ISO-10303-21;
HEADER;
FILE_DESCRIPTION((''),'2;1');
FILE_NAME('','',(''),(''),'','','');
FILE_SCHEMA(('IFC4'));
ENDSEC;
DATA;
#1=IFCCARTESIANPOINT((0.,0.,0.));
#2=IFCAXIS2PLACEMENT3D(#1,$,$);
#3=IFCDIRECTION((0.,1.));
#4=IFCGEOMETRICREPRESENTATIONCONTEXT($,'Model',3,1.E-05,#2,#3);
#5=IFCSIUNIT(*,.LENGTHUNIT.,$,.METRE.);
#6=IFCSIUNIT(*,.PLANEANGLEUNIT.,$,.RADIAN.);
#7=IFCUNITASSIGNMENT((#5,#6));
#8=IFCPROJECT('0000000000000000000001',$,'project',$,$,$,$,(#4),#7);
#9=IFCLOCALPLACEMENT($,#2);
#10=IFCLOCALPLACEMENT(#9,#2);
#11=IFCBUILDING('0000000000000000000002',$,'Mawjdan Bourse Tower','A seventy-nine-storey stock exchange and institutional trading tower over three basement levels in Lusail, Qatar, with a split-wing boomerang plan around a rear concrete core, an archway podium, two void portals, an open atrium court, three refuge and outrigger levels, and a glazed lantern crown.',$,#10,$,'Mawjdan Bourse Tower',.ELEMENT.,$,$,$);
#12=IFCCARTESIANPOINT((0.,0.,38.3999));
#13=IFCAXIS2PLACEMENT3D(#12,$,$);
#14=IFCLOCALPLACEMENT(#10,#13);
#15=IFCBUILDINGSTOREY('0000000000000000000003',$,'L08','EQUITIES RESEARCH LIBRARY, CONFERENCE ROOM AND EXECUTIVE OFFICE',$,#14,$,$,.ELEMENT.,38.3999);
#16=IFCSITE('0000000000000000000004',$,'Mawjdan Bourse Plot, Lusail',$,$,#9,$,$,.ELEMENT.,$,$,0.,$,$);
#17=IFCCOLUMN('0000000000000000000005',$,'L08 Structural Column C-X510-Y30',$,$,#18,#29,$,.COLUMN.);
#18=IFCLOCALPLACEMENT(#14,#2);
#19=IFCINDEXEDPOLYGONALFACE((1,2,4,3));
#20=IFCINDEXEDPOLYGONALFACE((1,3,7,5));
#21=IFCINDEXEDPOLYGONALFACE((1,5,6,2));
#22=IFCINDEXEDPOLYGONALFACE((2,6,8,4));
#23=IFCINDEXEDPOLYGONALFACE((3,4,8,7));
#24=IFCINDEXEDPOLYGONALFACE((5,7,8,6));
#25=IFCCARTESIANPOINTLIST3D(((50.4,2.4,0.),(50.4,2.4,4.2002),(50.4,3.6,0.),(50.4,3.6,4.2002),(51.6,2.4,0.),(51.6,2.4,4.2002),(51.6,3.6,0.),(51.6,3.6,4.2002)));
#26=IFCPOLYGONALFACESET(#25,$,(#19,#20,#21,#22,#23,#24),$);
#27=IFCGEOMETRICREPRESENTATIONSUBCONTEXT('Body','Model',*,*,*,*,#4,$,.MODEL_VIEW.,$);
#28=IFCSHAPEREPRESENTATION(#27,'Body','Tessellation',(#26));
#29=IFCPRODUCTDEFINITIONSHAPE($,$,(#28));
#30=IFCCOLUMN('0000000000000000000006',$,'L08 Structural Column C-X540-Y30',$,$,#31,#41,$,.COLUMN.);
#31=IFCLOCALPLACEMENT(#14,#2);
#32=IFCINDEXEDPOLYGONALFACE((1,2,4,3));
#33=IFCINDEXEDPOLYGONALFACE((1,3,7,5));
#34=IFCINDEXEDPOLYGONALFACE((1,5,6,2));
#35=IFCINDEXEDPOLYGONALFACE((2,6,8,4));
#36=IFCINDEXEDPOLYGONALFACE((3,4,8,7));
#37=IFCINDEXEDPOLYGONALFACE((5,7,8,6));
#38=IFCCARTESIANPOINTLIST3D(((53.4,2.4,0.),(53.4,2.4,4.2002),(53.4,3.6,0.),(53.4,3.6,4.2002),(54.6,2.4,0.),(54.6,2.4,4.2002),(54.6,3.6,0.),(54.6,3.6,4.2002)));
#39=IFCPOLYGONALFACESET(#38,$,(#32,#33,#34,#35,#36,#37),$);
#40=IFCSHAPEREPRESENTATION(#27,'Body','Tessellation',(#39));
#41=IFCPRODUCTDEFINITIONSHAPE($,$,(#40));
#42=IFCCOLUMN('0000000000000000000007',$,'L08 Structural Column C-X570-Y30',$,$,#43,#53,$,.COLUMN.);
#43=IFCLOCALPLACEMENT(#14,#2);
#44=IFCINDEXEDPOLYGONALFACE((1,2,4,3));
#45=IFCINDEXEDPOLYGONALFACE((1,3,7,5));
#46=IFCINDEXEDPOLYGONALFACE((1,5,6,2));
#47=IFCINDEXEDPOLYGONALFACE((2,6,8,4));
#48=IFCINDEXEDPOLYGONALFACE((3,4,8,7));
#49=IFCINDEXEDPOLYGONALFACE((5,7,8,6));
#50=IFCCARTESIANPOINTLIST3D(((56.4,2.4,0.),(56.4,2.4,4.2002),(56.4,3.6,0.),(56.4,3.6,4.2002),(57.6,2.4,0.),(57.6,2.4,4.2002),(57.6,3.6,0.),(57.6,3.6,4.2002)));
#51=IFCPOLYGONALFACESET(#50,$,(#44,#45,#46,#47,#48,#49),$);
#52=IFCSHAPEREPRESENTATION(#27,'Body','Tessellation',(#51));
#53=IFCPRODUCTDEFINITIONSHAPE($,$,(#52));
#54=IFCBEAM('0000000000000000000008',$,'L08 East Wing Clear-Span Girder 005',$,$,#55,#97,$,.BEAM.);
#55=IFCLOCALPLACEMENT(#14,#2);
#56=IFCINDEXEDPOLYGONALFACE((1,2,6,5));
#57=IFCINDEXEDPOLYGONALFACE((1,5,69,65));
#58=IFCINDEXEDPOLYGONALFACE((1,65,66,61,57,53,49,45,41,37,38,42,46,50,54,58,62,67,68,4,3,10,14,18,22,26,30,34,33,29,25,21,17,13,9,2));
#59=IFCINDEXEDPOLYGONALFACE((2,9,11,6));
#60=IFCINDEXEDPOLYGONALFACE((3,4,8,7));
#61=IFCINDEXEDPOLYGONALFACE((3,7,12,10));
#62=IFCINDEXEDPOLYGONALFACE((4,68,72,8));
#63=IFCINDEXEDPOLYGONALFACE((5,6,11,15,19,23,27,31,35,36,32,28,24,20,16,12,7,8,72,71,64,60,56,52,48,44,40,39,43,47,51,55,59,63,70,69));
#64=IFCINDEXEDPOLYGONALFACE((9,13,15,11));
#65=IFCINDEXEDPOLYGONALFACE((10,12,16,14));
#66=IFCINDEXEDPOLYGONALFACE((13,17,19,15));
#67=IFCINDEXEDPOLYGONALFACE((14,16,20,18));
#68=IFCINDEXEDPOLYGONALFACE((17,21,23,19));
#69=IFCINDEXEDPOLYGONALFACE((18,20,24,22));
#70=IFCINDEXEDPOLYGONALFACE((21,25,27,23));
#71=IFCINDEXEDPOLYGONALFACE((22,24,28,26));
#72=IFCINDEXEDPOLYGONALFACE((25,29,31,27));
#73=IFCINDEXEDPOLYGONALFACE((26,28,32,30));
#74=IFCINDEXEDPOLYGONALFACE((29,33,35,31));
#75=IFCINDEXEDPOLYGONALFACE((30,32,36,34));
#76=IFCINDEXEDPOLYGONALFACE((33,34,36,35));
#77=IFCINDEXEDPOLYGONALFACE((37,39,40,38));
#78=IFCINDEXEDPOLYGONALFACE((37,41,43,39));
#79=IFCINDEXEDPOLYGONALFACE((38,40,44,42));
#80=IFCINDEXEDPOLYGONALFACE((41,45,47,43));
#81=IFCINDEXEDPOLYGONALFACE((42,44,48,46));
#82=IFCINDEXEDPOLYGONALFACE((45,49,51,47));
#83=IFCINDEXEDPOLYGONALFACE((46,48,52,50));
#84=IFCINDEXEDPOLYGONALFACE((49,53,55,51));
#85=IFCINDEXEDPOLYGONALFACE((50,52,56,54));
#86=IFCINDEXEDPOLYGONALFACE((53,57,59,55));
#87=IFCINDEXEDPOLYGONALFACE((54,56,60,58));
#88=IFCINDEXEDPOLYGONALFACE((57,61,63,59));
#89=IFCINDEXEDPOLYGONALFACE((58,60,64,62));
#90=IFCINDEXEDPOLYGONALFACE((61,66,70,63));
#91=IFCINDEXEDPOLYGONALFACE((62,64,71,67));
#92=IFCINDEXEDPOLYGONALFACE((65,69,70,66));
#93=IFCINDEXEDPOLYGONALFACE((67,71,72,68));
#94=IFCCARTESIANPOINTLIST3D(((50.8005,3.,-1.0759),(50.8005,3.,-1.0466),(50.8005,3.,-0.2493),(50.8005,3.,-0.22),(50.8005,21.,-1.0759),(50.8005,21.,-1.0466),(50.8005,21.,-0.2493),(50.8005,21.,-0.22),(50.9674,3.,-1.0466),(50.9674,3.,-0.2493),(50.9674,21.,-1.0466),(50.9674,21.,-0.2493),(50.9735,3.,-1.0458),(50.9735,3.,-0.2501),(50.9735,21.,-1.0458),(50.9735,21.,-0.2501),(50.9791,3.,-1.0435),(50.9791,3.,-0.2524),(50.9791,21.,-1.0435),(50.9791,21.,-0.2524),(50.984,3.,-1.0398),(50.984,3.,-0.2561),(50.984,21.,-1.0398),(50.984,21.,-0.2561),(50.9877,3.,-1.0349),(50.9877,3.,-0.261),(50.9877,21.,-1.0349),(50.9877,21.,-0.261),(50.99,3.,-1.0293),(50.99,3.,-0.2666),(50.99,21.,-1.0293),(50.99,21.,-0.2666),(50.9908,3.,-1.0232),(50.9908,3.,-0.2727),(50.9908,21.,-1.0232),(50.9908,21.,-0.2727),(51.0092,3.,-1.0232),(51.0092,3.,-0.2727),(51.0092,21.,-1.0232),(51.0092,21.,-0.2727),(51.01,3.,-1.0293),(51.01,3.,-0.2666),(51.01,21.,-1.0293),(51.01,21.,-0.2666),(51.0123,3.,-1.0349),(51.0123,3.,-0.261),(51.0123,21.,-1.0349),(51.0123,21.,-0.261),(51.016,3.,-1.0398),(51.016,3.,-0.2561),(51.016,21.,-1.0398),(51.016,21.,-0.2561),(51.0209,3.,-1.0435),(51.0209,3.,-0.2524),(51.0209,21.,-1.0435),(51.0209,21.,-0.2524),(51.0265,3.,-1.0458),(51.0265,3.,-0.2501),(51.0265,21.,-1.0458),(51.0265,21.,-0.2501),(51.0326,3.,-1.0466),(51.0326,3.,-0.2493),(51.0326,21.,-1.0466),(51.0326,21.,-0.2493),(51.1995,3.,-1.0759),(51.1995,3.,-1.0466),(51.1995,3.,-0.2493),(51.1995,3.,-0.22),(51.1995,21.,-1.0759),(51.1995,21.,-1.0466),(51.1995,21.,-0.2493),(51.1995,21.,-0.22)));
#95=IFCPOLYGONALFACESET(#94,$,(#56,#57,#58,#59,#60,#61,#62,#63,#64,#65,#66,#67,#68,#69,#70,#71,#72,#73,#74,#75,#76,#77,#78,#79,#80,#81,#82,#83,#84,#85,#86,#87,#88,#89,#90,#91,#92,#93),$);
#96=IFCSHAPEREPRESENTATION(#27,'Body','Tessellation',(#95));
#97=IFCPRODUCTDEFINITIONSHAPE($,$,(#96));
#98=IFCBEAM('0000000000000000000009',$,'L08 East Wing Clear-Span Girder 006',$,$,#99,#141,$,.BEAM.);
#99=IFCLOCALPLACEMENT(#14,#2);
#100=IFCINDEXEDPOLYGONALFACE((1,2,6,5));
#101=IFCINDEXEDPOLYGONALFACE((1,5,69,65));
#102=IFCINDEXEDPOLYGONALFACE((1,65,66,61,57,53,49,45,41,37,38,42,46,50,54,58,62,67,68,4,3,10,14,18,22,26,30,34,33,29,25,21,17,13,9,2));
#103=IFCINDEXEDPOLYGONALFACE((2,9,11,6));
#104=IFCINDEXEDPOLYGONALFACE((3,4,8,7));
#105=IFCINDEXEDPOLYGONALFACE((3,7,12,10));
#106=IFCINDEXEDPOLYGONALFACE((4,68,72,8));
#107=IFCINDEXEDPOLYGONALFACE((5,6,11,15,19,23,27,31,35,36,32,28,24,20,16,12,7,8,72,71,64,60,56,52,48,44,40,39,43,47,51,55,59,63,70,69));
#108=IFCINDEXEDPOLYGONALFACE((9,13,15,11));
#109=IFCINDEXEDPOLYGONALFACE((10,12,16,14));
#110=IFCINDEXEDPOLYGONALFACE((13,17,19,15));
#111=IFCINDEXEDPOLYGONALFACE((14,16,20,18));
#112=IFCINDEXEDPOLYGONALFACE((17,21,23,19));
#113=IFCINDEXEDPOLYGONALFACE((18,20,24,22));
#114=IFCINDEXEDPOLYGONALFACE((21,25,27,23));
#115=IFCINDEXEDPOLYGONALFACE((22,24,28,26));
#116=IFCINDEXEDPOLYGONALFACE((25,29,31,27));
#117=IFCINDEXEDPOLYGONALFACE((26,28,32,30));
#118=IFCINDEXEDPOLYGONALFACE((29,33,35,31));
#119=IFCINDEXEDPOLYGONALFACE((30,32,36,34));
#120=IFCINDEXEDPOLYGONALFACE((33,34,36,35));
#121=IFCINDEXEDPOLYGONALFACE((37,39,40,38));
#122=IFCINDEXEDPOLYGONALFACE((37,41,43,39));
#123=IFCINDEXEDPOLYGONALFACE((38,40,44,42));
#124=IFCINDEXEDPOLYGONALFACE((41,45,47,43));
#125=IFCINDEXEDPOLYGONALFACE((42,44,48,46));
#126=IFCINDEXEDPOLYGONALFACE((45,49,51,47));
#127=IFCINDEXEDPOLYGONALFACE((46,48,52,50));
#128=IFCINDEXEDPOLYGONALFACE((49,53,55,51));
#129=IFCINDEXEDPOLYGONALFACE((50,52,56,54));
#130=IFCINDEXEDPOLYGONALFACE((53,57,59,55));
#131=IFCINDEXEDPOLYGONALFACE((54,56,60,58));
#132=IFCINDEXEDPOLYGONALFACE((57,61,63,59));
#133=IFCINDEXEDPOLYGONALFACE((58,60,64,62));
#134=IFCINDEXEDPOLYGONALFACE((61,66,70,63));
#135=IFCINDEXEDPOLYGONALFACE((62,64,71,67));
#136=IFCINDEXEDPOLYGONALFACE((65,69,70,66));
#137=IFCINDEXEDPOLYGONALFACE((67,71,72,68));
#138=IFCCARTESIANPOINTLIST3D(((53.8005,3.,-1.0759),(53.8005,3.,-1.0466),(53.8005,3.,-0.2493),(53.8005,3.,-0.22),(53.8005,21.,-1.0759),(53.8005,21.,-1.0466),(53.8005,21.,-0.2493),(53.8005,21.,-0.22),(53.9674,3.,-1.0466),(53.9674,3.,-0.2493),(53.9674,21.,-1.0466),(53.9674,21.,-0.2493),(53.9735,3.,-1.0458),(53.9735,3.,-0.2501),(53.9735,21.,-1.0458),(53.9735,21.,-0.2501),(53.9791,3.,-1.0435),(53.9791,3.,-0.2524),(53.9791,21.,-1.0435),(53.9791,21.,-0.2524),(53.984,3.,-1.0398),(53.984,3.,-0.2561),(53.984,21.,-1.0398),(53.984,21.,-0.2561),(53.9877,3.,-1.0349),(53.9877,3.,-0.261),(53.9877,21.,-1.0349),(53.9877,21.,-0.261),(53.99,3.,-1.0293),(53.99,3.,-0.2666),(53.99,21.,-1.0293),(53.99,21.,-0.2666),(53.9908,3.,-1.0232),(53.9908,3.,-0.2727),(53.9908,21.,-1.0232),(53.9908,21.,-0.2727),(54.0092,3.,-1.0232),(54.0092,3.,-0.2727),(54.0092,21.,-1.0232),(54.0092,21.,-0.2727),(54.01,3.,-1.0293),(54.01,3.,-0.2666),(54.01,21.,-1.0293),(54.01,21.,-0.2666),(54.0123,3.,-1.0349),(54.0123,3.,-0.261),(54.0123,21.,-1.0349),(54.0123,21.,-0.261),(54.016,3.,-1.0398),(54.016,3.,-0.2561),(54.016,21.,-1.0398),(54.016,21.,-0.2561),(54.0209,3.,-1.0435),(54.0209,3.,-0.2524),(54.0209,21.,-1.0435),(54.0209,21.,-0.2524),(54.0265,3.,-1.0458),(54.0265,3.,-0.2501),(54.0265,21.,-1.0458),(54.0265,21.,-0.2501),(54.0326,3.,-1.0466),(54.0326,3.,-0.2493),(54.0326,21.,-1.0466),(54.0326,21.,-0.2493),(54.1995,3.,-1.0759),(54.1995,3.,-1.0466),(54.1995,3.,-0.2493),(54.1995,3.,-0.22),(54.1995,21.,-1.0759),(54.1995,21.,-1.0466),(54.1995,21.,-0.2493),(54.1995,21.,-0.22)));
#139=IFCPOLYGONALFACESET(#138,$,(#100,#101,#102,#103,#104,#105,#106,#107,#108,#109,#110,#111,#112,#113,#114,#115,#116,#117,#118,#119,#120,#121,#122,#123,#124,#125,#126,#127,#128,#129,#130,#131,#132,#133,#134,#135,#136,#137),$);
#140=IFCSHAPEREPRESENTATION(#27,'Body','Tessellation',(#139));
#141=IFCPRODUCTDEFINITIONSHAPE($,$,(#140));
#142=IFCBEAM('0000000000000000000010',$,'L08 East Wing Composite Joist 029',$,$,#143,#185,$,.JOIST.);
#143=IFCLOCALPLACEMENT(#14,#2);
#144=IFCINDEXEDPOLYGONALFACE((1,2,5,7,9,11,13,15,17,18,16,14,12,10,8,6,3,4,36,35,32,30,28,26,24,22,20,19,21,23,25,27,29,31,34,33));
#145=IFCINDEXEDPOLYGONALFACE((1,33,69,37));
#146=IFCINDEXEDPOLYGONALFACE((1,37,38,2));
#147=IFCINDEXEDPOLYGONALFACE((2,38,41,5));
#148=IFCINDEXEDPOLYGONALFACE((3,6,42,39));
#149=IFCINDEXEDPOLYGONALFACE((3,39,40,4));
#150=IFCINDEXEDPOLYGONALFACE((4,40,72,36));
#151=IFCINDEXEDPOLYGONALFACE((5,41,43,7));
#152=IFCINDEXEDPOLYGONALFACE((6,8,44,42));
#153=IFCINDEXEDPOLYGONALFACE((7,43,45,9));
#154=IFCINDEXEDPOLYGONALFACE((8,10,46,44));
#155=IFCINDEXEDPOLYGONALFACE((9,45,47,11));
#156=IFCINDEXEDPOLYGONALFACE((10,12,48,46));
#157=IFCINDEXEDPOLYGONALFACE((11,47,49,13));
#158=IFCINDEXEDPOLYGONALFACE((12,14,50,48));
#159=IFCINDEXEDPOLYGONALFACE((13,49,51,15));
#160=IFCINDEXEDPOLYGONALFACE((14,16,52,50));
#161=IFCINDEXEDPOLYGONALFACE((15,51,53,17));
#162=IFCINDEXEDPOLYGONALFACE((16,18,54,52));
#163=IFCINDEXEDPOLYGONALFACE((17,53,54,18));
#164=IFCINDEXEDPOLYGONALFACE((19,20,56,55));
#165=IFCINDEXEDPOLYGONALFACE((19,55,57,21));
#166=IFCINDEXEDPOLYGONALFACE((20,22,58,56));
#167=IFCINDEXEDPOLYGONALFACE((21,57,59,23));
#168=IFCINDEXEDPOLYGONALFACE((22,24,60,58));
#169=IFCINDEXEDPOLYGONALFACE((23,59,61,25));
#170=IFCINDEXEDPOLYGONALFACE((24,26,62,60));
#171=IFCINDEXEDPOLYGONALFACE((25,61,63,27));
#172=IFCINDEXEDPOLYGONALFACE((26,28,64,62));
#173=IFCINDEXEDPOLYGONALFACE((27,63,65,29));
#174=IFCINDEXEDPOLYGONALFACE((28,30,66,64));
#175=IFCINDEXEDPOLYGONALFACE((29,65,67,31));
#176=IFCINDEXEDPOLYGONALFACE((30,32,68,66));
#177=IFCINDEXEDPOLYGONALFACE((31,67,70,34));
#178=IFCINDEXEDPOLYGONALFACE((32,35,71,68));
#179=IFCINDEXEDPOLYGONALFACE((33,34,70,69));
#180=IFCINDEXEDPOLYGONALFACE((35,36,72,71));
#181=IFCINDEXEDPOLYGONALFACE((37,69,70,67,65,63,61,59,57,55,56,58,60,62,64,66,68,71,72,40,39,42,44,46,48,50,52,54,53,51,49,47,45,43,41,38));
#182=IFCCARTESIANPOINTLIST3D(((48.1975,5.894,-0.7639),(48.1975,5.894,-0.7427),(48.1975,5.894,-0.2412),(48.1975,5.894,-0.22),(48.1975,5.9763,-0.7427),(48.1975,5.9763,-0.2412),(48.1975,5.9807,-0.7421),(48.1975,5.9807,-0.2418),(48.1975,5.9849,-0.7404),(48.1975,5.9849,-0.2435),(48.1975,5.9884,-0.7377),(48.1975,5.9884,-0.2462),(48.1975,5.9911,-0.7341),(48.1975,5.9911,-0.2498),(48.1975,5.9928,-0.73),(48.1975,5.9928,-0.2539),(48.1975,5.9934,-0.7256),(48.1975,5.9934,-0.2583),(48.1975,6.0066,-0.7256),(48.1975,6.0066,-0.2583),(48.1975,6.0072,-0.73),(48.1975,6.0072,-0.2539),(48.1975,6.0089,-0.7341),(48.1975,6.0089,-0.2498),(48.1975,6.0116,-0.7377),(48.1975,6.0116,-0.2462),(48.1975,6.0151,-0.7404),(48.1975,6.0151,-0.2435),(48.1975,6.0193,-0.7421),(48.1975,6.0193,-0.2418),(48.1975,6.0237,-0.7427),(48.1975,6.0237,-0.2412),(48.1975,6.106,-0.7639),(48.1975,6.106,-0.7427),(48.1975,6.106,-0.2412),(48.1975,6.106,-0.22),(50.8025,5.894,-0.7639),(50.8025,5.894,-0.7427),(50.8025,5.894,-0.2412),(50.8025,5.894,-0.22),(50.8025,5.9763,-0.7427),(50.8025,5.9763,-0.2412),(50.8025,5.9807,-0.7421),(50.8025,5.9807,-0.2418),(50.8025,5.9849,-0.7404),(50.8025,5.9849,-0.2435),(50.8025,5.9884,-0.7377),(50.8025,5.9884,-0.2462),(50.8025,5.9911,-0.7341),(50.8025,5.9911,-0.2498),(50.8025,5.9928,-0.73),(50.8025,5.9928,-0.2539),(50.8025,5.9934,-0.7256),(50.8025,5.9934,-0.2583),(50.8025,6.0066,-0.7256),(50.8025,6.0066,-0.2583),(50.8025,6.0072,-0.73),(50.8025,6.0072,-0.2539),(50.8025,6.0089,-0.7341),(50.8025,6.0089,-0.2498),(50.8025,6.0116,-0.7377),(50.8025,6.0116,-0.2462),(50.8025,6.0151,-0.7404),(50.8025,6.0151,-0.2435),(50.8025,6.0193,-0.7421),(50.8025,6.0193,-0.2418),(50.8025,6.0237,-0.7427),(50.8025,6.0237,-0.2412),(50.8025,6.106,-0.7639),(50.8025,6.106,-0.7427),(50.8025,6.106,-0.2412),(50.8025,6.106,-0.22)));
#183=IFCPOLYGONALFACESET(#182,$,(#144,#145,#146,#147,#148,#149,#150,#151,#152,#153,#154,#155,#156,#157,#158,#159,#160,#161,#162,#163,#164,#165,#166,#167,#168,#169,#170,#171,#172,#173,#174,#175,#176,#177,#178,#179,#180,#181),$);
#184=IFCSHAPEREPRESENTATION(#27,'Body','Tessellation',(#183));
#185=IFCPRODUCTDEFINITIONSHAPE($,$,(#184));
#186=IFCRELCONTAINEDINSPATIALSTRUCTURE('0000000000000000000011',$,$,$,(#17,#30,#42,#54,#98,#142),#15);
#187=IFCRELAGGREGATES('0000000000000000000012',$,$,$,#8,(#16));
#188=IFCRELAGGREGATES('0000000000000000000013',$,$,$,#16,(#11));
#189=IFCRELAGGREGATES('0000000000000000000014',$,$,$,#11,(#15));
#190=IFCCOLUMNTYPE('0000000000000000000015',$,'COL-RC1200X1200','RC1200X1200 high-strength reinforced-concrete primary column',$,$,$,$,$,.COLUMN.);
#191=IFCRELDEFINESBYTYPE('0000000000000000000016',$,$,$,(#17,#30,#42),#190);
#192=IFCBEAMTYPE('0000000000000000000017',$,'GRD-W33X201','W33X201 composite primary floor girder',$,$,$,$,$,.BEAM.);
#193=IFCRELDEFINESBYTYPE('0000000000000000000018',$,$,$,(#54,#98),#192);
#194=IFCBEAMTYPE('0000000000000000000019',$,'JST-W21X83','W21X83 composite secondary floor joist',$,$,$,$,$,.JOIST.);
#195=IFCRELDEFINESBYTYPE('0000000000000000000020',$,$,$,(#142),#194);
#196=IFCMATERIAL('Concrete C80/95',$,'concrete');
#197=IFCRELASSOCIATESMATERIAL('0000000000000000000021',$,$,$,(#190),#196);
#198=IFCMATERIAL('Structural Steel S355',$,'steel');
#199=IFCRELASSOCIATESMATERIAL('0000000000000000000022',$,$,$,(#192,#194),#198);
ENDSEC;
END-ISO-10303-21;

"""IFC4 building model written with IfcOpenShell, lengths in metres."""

from ifc_helpers import new_model, si_unit, direction, frame, origin, origin_2d, place, context, subcontext, project, spatial, rectangle, i_section, extrude, material, material_profile, profile_set, type_object, element, save


model = new_model("IFC4")

# Units and contexts
model_context = context("Model", 3, precision=1e-05, world=origin(), true_north=direction((0.0, 1.0)))
body_context = subcontext(model_context, "Body", "Model", "MODEL_VIEW")
ifc_project = project(units=[si_unit("LENGTHUNIT", "METRE"), si_unit("PLANEANGLEUNIT", "RADIAN")], contexts=[model_context])

# Site, building, storey
site_placement = place(None, origin())
site = spatial("IfcSite", under=ifc_project, at=site_placement, Name="Mawjdan Bourse Plot, Lusail", CompositionType="ELEMENT", RefElevation=0.0)
building_placement = place(site_placement, origin())
building = spatial("IfcBuilding", under=site, at=building_placement, Name="Mawjdan Bourse Tower", Description="A seventy-nine-storey stock exchange and institutional trading tower over three basement levels in Lusail, Qatar, with a split-wing boomerang plan around a rear concrete core, an archway podium, two void portals, an open atrium court, three refuge and outrigger levels, and a glazed lantern crown.", LongName="Mawjdan Bourse Tower", CompositionType="ELEMENT")
storey_placement = place(building_placement, frame((0.0, 0.0, 38.3999)))
storey = spatial("IfcBuildingStorey", under=building, at=storey_placement, Name="L08", Description="EQUITIES RESEARCH LIBRARY, CONFERENCE ROOM AND EXECUTIVE OFFICE", CompositionType="ELEMENT", Elevation=38.3999)

# Columns
ifc_material_1 = material(Name="Concrete C80/95", Category="concrete")
ifc_material_profile_1 = material_profile(ifc_material_1, rectangle(XDim=1.2, YDim=1.2, at=origin_2d()), Name="RC1200X1200")
ifc_profile_set_1 = profile_set([ifc_material_profile_1], Name="Concrete C80/95")
column_type = type_object("IfcColumnType", Name="COL-RC1200X1200", Description="RC1200X1200 high-strength reinforced-concrete primary column", PredefinedType="COLUMN", material=ifc_profile_set_1)
for number, where, z_axis, x_axis, name in (
    (1, (51.0, 3.0, 0.0), (0.0, 0.0, 1.0), (1.0, 0.0, 0.0), "L08 Structural Column C-X510-Y30"),
    (2, (54.0, 3.0, 0.0), (0.0, 0.0, 1.0), (1.0, 0.0, 0.0), "L08 Structural Column C-X540-Y30"),
    (3, (57.0, 3.0, 0.0), (0.0, 0.0, 1.0), (1.0, 0.0, 0.0), "L08 Structural Column C-X570-Y30"),
):
    element("IfcColumn", number, at=place(storey_placement, frame(where, z_axis=z_axis, x_axis=x_axis)), inside=storey, type_object=column_type, Name=name, PredefinedType="COLUMN", context=body_context, shape_type="SweptSolid", body=[
        extrude(rectangle(XDim=1.2, YDim=1.2, at=origin_2d()), origin(), (0.0, 0.0, 1.0), 4.2002),
    ])

# Beams
ifc_material_2 = material(Name="Structural Steel S355", Category="steel")
ifc_material_profile_2 = material_profile(ifc_material_2, i_section(OverallWidth=0.3989, OverallDepth=0.856, WebThickness=0.0183, FlangeThickness=0.0293, FilletRadius=0.0234, at=origin_2d()), Name="W33X201")
ifc_profile_set_2 = profile_set([ifc_material_profile_2], Name="Structural Steel S355")
beam_type_1 = type_object("IfcBeamType", Name="GRD-W33X201", Description="W33X201 composite primary floor girder", PredefinedType="BEAM", material=ifc_profile_set_2)
for number, where, z_axis, x_axis, name in (
    (4, (51.0, 3.0, -0.6479), (0.0, 1.0, 0.0), (-1.0, 0.0, 0.0), "L08 East Wing Clear-Span Girder 005"),
    (5, (54.0, 3.0, -0.6479), (0.0, 1.0, 0.0), (-1.0, 0.0, 0.0), "L08 East Wing Clear-Span Girder 006"),
):
    element("IfcBeam", number, at=place(storey_placement, frame(where, z_axis=z_axis, x_axis=x_axis)), inside=storey, type_object=beam_type_1, Name=name, PredefinedType="BEAM", context=body_context, shape_type="SweptSolid", body=[
        extrude(i_section(OverallWidth=0.3989, OverallDepth=0.856, WebThickness=0.0183, FlangeThickness=0.0293, FilletRadius=0.0234, at=origin_2d()), origin(), (0.0, 0.0, 1.0), 18.0),
    ])
ifc_material_profile_3 = material_profile(ifc_material_2, i_section(OverallWidth=0.2119, OverallDepth=0.5439, WebThickness=0.0132, FlangeThickness=0.0212, FilletRadius=0.0171, at=origin_2d()), Name="W21X83")
ifc_profile_set_3 = profile_set([ifc_material_profile_3], Name="Structural Steel S355")
beam_type_2 = type_object("IfcBeamType", Name="JST-W21X83", Description="W21X83 composite secondary floor joist", PredefinedType="JOIST", material=ifc_profile_set_3)
for number, where, z_axis, x_axis, name in (
    (6, (48.1975, 6.0, -0.4919), (1.0, 0.0, 0.0), (0.0, 1.0, 0.0), "L08 East Wing Composite Joist 029"),
):
    element("IfcBeam", number, at=place(storey_placement, frame(where, z_axis=z_axis, x_axis=x_axis)), inside=storey, type_object=beam_type_2, Name=name, PredefinedType="JOIST", context=body_context, shape_type="SweptSolid", body=[
        extrude(i_section(OverallWidth=0.2119, OverallDepth=0.5439, WebThickness=0.0132, FlangeThickness=0.0212, FilletRadius=0.0171, at=origin_2d()), origin(), (0.0, 0.0, 1.0), 2.605),
    ])

save(model, "model.ifc")
